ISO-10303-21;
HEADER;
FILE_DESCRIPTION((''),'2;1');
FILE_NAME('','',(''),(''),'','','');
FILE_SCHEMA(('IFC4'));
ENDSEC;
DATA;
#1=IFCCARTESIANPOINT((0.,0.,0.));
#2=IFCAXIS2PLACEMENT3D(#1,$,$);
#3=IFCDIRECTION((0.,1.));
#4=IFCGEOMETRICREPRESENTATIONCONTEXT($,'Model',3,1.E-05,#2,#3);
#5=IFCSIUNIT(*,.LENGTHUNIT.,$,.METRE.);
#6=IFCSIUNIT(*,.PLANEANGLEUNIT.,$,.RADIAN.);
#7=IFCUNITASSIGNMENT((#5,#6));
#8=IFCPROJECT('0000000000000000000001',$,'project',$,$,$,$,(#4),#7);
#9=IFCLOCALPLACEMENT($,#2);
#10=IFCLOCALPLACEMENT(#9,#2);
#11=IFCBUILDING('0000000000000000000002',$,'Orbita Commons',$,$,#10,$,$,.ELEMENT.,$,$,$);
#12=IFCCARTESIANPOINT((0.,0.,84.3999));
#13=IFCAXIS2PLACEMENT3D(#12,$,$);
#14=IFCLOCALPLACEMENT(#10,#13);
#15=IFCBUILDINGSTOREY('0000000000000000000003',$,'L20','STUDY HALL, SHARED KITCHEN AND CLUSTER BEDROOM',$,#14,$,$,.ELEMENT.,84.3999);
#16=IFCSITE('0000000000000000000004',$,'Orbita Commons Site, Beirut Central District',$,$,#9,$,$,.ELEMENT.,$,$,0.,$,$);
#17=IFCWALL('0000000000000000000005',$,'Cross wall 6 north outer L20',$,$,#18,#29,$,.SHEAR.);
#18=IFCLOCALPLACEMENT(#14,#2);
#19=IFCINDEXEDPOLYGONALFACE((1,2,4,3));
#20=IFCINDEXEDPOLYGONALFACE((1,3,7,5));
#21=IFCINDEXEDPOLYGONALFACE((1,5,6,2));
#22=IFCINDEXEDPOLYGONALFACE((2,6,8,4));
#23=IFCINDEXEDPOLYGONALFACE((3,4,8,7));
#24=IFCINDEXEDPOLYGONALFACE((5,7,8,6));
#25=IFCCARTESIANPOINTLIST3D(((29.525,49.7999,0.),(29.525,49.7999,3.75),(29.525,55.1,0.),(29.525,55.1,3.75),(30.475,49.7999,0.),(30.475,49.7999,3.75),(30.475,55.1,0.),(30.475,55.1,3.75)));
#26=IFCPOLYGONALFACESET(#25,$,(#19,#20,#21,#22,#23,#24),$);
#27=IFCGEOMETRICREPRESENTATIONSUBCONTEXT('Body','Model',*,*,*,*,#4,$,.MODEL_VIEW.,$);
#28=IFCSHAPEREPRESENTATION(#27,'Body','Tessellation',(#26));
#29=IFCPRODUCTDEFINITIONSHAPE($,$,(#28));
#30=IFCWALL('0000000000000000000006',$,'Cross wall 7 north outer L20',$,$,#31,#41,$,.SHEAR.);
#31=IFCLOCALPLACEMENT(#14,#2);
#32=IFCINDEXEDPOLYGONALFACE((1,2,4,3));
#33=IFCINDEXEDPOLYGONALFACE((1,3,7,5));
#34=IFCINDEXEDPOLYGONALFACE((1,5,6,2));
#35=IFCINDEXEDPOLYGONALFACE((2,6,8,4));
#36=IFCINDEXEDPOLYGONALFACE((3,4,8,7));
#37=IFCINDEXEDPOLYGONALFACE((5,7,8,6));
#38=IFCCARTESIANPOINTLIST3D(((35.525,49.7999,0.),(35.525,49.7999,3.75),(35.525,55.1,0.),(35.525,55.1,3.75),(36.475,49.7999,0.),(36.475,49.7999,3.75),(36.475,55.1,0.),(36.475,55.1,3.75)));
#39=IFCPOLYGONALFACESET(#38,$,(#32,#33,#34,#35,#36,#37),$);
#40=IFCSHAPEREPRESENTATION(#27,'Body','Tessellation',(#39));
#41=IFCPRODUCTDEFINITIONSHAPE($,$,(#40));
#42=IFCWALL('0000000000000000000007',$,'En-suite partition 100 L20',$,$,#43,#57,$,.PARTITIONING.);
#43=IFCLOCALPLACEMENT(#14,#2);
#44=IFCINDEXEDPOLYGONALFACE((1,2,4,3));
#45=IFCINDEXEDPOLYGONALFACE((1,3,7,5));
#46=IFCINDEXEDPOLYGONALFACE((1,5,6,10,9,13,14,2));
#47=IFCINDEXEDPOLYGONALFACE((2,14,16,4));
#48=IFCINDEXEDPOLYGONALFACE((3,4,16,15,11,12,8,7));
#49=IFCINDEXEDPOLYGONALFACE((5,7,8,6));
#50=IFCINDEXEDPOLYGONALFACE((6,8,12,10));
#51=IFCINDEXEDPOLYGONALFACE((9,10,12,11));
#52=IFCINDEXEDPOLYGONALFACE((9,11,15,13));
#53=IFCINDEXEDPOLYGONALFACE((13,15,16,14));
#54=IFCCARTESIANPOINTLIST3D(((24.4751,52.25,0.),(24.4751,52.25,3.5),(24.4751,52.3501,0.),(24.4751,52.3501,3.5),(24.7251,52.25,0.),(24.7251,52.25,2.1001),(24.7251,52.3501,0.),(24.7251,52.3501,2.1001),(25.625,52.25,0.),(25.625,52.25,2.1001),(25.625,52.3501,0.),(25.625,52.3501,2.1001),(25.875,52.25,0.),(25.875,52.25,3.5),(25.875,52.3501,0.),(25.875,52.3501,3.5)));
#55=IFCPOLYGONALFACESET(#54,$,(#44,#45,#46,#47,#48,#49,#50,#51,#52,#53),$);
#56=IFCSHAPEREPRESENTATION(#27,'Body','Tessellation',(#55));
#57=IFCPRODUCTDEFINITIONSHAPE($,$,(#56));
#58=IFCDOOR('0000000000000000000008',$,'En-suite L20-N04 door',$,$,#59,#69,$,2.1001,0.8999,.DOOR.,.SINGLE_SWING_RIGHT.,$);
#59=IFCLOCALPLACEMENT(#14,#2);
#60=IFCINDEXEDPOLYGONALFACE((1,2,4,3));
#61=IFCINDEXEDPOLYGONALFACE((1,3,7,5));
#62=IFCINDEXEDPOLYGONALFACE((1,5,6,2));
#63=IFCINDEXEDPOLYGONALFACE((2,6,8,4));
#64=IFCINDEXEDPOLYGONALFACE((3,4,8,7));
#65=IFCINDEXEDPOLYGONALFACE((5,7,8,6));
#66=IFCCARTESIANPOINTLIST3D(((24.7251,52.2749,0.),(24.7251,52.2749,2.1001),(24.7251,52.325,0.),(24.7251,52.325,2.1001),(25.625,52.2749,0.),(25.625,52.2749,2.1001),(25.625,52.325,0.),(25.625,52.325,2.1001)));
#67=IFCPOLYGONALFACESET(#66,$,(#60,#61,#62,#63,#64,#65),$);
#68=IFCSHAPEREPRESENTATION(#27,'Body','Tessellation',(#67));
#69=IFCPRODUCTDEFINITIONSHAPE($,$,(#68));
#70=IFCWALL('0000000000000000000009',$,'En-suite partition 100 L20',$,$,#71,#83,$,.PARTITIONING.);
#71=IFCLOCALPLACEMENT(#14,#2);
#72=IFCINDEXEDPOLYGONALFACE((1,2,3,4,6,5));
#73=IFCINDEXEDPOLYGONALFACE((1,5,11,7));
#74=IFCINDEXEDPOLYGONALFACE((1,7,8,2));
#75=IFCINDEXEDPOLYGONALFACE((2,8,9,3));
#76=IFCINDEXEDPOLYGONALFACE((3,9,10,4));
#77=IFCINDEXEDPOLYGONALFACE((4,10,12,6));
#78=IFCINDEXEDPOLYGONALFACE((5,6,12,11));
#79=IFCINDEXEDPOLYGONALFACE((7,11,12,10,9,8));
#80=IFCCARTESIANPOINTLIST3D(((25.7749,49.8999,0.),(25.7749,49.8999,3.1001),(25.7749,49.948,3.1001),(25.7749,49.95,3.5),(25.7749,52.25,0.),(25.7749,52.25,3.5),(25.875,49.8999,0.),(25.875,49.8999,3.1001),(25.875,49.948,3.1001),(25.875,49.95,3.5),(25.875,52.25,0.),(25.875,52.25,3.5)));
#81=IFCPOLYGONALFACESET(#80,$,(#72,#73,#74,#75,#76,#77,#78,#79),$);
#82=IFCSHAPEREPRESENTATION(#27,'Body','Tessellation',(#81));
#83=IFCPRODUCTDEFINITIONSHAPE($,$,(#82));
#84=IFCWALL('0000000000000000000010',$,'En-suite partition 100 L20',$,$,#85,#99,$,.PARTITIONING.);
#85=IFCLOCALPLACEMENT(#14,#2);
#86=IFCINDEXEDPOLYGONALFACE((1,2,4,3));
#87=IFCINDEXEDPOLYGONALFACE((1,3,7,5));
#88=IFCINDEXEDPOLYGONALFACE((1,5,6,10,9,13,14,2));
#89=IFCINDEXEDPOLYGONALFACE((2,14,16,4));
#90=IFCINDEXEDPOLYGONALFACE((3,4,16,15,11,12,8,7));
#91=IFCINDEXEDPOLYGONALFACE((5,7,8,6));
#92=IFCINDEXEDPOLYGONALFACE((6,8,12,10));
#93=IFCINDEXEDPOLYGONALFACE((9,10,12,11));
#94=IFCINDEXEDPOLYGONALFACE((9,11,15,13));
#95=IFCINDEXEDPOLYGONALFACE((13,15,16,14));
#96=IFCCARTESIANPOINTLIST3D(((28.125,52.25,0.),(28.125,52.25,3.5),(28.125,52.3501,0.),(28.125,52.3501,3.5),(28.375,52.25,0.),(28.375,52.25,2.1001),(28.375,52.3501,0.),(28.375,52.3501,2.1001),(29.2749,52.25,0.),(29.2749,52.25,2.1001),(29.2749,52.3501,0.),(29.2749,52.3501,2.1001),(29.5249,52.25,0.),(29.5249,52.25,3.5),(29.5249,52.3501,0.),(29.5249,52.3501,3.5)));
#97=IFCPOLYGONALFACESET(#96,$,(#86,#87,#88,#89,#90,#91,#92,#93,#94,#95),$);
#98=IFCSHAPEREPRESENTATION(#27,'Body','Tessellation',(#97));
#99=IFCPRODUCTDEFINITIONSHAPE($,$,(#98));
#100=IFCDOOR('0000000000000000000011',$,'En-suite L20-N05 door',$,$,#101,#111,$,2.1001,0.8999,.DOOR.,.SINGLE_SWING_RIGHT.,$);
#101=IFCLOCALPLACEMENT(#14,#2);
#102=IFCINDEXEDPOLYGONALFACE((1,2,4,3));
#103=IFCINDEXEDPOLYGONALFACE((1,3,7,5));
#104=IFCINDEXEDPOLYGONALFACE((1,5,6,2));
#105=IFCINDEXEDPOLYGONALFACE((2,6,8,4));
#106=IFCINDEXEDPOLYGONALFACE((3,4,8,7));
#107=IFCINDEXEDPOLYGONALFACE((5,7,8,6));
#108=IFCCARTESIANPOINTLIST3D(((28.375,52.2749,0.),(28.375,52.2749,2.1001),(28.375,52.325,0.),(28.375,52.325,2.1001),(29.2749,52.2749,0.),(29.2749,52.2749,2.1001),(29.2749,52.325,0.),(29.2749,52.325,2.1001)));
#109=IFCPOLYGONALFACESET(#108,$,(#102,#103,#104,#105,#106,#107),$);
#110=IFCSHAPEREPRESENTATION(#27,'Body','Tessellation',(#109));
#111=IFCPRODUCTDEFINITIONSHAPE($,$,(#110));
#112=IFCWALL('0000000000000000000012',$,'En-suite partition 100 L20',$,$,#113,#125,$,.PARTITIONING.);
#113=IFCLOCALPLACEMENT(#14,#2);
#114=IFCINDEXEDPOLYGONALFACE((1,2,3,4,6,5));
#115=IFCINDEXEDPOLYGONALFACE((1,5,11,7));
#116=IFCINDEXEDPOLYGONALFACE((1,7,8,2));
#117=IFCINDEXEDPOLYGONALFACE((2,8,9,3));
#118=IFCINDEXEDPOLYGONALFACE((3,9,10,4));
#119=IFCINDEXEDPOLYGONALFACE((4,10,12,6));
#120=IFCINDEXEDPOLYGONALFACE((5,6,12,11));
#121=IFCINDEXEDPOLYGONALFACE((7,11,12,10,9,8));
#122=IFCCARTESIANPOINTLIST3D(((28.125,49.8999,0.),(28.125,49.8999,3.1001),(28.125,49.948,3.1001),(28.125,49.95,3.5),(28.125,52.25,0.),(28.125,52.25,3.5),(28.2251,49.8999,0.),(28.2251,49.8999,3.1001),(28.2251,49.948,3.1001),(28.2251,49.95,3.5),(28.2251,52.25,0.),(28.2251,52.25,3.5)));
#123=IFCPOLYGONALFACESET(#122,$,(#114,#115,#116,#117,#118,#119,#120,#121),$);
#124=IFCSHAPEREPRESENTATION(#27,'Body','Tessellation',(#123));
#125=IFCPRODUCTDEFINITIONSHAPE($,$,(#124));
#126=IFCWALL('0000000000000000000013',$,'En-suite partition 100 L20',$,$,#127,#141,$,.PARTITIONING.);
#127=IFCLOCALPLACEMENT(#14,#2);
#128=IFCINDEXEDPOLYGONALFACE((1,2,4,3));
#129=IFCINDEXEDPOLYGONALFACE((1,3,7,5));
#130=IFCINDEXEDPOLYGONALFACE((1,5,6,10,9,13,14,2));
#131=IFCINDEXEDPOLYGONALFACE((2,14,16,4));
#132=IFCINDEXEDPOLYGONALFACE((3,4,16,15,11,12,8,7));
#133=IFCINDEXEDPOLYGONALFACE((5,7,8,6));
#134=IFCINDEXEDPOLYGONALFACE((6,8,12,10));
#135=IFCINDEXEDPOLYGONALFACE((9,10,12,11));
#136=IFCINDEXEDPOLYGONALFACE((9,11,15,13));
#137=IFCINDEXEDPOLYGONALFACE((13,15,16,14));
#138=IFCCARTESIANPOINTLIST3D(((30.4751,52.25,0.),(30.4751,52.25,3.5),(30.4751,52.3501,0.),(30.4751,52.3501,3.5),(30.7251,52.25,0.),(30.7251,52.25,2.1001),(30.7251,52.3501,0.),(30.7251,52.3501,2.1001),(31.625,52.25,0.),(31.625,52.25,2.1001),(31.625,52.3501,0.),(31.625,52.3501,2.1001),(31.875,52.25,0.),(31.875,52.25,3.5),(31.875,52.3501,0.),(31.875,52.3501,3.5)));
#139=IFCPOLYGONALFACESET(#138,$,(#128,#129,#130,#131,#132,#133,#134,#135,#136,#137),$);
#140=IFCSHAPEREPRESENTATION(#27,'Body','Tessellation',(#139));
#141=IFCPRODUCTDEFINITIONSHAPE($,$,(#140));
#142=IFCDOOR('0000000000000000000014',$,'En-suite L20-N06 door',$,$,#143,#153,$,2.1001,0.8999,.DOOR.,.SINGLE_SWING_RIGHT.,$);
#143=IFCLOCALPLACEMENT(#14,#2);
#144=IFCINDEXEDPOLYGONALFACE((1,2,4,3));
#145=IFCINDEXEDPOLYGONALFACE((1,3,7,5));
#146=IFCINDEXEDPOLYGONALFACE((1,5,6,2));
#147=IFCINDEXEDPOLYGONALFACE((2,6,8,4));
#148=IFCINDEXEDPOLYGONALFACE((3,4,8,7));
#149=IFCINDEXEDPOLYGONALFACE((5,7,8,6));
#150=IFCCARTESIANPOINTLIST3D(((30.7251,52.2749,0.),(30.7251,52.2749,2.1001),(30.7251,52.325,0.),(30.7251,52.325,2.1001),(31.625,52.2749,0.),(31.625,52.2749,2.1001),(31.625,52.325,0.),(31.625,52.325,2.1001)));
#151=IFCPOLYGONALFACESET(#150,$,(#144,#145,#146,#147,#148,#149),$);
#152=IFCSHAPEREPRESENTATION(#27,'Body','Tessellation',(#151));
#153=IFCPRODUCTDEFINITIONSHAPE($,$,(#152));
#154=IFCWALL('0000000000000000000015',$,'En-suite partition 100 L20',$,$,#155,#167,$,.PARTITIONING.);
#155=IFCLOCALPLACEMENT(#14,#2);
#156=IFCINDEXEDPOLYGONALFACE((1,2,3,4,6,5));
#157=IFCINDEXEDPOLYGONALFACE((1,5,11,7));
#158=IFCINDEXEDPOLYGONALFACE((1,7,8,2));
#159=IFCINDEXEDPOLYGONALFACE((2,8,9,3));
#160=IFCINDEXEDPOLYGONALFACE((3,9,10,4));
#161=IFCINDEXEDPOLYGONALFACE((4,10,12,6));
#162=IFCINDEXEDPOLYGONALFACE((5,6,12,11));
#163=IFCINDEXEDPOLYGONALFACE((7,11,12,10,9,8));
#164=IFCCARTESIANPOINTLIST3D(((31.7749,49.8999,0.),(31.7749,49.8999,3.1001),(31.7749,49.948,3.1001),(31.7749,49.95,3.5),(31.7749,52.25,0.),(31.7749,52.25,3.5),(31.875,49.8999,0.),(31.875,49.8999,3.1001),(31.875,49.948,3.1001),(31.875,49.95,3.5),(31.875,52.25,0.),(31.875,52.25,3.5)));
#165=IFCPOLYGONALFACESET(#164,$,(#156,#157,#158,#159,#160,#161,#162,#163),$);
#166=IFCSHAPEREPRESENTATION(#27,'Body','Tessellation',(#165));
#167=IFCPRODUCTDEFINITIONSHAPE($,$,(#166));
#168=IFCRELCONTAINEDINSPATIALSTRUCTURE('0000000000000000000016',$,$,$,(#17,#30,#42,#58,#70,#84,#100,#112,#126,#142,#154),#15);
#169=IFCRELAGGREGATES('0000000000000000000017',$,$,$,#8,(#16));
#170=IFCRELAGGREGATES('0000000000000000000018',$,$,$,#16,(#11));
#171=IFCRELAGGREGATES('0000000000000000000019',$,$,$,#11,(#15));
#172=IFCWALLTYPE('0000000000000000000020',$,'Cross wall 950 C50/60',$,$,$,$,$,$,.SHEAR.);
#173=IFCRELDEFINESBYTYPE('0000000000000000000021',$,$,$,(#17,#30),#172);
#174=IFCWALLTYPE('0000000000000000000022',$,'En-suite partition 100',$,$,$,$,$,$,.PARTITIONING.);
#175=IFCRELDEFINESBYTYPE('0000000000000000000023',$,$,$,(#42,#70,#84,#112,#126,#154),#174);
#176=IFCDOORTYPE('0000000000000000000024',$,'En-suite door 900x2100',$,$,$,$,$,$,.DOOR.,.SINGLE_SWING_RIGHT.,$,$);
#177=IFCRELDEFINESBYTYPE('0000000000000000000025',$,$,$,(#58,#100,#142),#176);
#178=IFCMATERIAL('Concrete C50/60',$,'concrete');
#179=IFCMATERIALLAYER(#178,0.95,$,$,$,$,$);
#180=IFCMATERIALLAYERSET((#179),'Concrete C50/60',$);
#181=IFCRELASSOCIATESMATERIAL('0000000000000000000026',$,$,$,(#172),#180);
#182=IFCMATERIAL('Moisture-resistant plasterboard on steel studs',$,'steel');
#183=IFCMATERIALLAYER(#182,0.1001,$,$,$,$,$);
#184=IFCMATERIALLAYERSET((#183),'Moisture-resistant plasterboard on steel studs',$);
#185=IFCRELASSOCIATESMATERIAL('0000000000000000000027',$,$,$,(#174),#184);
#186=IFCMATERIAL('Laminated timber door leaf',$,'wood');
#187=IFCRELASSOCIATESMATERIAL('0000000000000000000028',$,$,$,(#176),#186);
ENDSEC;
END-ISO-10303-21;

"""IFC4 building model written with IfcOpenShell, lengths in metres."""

from ifc_helpers import new_model, si_unit, direction, frame, frame_2d, origin, place, context, subcontext, project, spatial, polyline, rectangle, outline, extrude, material, layer, layer_set, type_object, element, fill, save


model = new_model("IFC4")

# Units and contexts
model_context = context("Model", 3, precision=1e-05, world=origin(), true_north=direction((0.0, 1.0)))
body_context = subcontext(model_context, "Body", "Model", "MODEL_VIEW")
ifc_project = project(units=[si_unit("LENGTHUNIT", "METRE"), si_unit("PLANEANGLEUNIT", "RADIAN")], contexts=[model_context])

# Site, building, storey
site_placement = place(None, origin())
site = spatial("IfcSite", under=ifc_project, at=site_placement, Name="Orbita Commons Site, Beirut Central District", CompositionType="ELEMENT", RefElevation=0.0)
building_placement = place(site_placement, origin())
building = spatial("IfcBuilding", under=site, at=building_placement, Name="Orbita Commons", CompositionType="ELEMENT")
storey_placement = place(building_placement, frame((0.0, 0.0, 84.3999)))
storey = spatial("IfcBuildingStorey", under=building, at=storey_placement, Name="L20", Description="STUDY HALL, SHARED KITCHEN AND CLUSTER BEDROOM", CompositionType="ELEMENT", Elevation=84.3999)

# Walls
ifc_material_1 = material(Name="Concrete C50/60", Category="concrete")
ifc_layer_1 = layer(ifc_material_1, 0.95)
ifc_layer_set_1 = layer_set([ifc_layer_1], Name="Concrete C50/60")
wall_type_1 = type_object("IfcWallType", Name="Cross wall 950 C50/60", PredefinedType="SHEAR", material=ifc_layer_set_1)
for number, where, z_axis, x_axis, name in (
    (1, (30.0, 49.8, 0.0), (0.0, 0.0, 1.0), (0.0, 1.0, 0.0), "Cross wall 6 north outer L20"),
    (2, (36.0, 49.8, 0.0), (0.0, 0.0, 1.0), (0.0, 1.0, 0.0), "Cross wall 7 north outer L20"),
):
    element("IfcWall", number, at=place(storey_placement, frame(where, z_axis=z_axis, x_axis=x_axis)), inside=storey, type_object=wall_type_1, Name=name, PredefinedType="SHEAR", context=body_context, shape_type="SweptSolid", body=[
        extrude(rectangle(XDim=5.3, YDim=0.95, at=frame_2d((2.6499, 0.0))), origin(), (0.0, 0.0, 1.0), 3.75),
    ])

# Wall, opening, door
ifc_material_2 = material(Name="Moisture-resistant plasterboard on steel studs", Category="steel")
ifc_layer_2 = layer(ifc_material_2, 0.1001)
ifc_layer_set_2 = layer_set([ifc_layer_2], Name="Moisture-resistant plasterboard on steel studs")
wall_type_2 = type_object("IfcWallType", Name="En-suite partition 100", PredefinedType="PARTITIONING", material=ifc_layer_set_2)
wall_1_placement = place(storey_placement, frame((24.4751, 52.3, 0.0), z_axis=(0.0, 0.0, 1.0), x_axis=(1.0, 0.0, 0.0)))
wall_1 = element("IfcWall", 3, at=wall_1_placement, inside=storey, type_object=wall_type_2, Name="En-suite partition 100 L20", PredefinedType="PARTITIONING", context=body_context, shape_type="SweptSolid", body=[
    extrude(rectangle(XDim=1.3999, YDim=0.1001, at=frame_2d((0.7, 0.0))), origin(), (0.0, 0.0, 1.0), 3.5),
])
opening_1_placement = place(wall_1_placement, frame((0.25, 0.0, 0.0)))
opening_1 = element("IfcOpeningElement", 4, at=opening_1_placement, cuts=wall_1, PredefinedType="OPENING", context=body_context, shape_type="SweptSolid", body=[
    extrude(rectangle(XDim=0.8999, YDim=2.1001, at=frame_2d((0.45, 1.05))), frame((0.0, 0.0601, 0.0), z_axis=(0.0, -1.0, 0.0), x_axis=(1.0, 0.0, 0.0)), (0.0, 0.0, 1.0), 0.1201),
])
ifc_material_3 = material(Name="Laminated timber door leaf", Category="wood")
door_type_1 = type_object("IfcDoorType", Name="En-suite door 900x2100", OperationType="SINGLE_SWING_RIGHT", PredefinedType="DOOR", material=ifc_material_3)
door_1_placement = place(opening_1_placement, origin())
door_1 = element("IfcDoor", 5, at=door_1_placement, inside=storey, type_object=door_type_1, Name="En-suite L20-N04 door", OperationType="SINGLE_SWING_RIGHT", OverallHeight=2.1001, OverallWidth=0.8999, PredefinedType="DOOR", context=body_context, shape_type="SweptSolid", body=[
    extrude(rectangle(XDim=0.8999, YDim=2.1001, at=frame_2d((0.45, 1.05))), frame((0.0, 0.0249, 0.0), z_axis=(0.0, -1.0, 0.0), x_axis=(1.0, 0.0, 0.0)), (0.0, 0.0, 1.0), 0.05),
])
fill(opening_1, door_1)

# Wall
wall_2_placement = place(storey_placement, frame((25.825, 52.25, 0.0), z_axis=(0.0, 0.0, 1.0), x_axis=(0.0, -1.0, 0.0)))
element("IfcWall", 6, at=wall_2_placement, inside=storey, type_object=wall_type_2, Name="En-suite partition 100 L20", PredefinedType="PARTITIONING", context=body_context, shape_type="SweptSolid", body=[
    extrude(outline(polyline([(0.0, 0.0), (2.3501, 0.0), (2.3501, 3.1001), (2.302, 3.1001), (2.3, 3.5), (0.0, 3.5), (0.0, 0.0)])), frame((0.0, 0.05, 0.0), z_axis=(0.0, -1.0, 0.0), x_axis=(1.0, 0.0, 0.0)), (0.0, 0.0, 1.0), 0.1001),
])

# Wall, opening, door
wall_3_placement = place(storey_placement, frame((28.125, 52.3, 0.0), z_axis=(0.0, 0.0, 1.0), x_axis=(1.0, 0.0, 0.0)))
wall_3 = element("IfcWall", 7, at=wall_3_placement, inside=storey, type_object=wall_type_2, Name="En-suite partition 100 L20", PredefinedType="PARTITIONING", context=body_context, shape_type="SweptSolid", body=[
    extrude(rectangle(XDim=1.3999, YDim=0.1001, at=frame_2d((0.7, 0.0))), origin(), (0.0, 0.0, 1.0), 3.5),
])
opening_2_placement = place(wall_3_placement, frame((0.25, 0.0, 0.0)))
opening_2 = element("IfcOpeningElement", 8, at=opening_2_placement, cuts=wall_3, PredefinedType="OPENING", context=body_context, shape_type="SweptSolid", body=[
    extrude(rectangle(XDim=0.8999, YDim=2.1001, at=frame_2d((0.45, 1.05))), frame((0.0, 0.0601, 0.0), z_axis=(0.0, -1.0, 0.0), x_axis=(1.0, 0.0, 0.0)), (0.0, 0.0, 1.0), 0.1201),
])
door_2_placement = place(opening_2_placement, origin())
door_2 = element("IfcDoor", 9, at=door_2_placement, inside=storey, type_object=door_type_1, Name="En-suite L20-N05 door", OperationType="SINGLE_SWING_RIGHT", OverallHeight=2.1001, OverallWidth=0.8999, PredefinedType="DOOR", context=body_context, shape_type="SweptSolid", body=[
    extrude(rectangle(XDim=0.8999, YDim=2.1001, at=frame_2d((0.45, 1.05))), frame((0.0, 0.0249, 0.0), z_axis=(0.0, -1.0, 0.0), x_axis=(1.0, 0.0, 0.0)), (0.0, 0.0, 1.0), 0.05),
])
fill(opening_2, door_2)

# Wall
wall_4_placement = place(storey_placement, frame((28.175, 52.25, 0.0), z_axis=(0.0, 0.0, 1.0), x_axis=(0.0, -1.0, 0.0)))
element("IfcWall", 10, at=wall_4_placement, inside=storey, type_object=wall_type_2, Name="En-suite partition 100 L20", PredefinedType="PARTITIONING", context=body_context, shape_type="SweptSolid", body=[
    extrude(outline(polyline([(0.0, 0.0), (2.3501, 0.0), (2.3501, 3.1001), (2.302, 3.1001), (2.3, 3.5), (0.0, 3.5), (0.0, 0.0)])), frame((0.0, 0.05, 0.0), z_axis=(0.0, -1.0, 0.0), x_axis=(1.0, 0.0, 0.0)), (0.0, 0.0, 1.0), 0.1001),
])

# Wall, opening, door
wall_5_placement = place(storey_placement, frame((30.4751, 52.3, 0.0), z_axis=(0.0, 0.0, 1.0), x_axis=(1.0, 0.0, 0.0)))
wall_5 = element("IfcWall", 11, at=wall_5_placement, inside=storey, type_object=wall_type_2, Name="En-suite partition 100 L20", PredefinedType="PARTITIONING", context=body_context, shape_type="SweptSolid", body=[
    extrude(rectangle(XDim=1.3999, YDim=0.1001, at=frame_2d((0.7, 0.0))), origin(), (0.0, 0.0, 1.0), 3.5),
])
opening_3_placement = place(wall_5_placement, frame((0.25, 0.0, 0.0)))
opening_3 = element("IfcOpeningElement", 12, at=opening_3_placement, cuts=wall_5, PredefinedType="OPENING", context=body_context, shape_type="SweptSolid", body=[
    extrude(rectangle(XDim=0.8999, YDim=2.1001, at=frame_2d((0.45, 1.05))), frame((0.0, 0.0601, 0.0), z_axis=(0.0, -1.0, 0.0), x_axis=(1.0, 0.0, 0.0)), (0.0, 0.0, 1.0), 0.1201),
])
door_3_placement = place(opening_3_placement, origin())
door_3 = element("IfcDoor", 13, at=door_3_placement, inside=storey, type_object=door_type_1, Name="En-suite L20-N06 door", OperationType="SINGLE_SWING_RIGHT", OverallHeight=2.1001, OverallWidth=0.8999, PredefinedType="DOOR", context=body_context, shape_type="SweptSolid", body=[
    extrude(rectangle(XDim=0.8999, YDim=2.1001, at=frame_2d((0.45, 1.05))), frame((0.0, 0.0249, 0.0), z_axis=(0.0, -1.0, 0.0), x_axis=(1.0, 0.0, 0.0)), (0.0, 0.0, 1.0), 0.05),
])
fill(opening_3, door_3)

# Wall
wall_6_placement = place(storey_placement, frame((31.825, 52.25, 0.0), z_axis=(0.0, 0.0, 1.0), x_axis=(0.0, -1.0, 0.0)))
element("IfcWall", 14, at=wall_6_placement, inside=storey, type_object=wall_type_2, Name="En-suite partition 100 L20", PredefinedType="PARTITIONING", context=body_context, shape_type="SweptSolid", body=[
    extrude(outline(polyline([(0.0, 0.0), (2.3501, 0.0), (2.3501, 3.1001), (2.302, 3.1001), (2.3, 3.5), (0.0, 3.5), (0.0, 0.0)])), frame((0.0, 0.05, 0.0), z_axis=(0.0, -1.0, 0.0), x_axis=(1.0, 0.0, 0.0)), (0.0, 0.0, 1.0), 0.1001),
])

save(model, "model.ifc")
